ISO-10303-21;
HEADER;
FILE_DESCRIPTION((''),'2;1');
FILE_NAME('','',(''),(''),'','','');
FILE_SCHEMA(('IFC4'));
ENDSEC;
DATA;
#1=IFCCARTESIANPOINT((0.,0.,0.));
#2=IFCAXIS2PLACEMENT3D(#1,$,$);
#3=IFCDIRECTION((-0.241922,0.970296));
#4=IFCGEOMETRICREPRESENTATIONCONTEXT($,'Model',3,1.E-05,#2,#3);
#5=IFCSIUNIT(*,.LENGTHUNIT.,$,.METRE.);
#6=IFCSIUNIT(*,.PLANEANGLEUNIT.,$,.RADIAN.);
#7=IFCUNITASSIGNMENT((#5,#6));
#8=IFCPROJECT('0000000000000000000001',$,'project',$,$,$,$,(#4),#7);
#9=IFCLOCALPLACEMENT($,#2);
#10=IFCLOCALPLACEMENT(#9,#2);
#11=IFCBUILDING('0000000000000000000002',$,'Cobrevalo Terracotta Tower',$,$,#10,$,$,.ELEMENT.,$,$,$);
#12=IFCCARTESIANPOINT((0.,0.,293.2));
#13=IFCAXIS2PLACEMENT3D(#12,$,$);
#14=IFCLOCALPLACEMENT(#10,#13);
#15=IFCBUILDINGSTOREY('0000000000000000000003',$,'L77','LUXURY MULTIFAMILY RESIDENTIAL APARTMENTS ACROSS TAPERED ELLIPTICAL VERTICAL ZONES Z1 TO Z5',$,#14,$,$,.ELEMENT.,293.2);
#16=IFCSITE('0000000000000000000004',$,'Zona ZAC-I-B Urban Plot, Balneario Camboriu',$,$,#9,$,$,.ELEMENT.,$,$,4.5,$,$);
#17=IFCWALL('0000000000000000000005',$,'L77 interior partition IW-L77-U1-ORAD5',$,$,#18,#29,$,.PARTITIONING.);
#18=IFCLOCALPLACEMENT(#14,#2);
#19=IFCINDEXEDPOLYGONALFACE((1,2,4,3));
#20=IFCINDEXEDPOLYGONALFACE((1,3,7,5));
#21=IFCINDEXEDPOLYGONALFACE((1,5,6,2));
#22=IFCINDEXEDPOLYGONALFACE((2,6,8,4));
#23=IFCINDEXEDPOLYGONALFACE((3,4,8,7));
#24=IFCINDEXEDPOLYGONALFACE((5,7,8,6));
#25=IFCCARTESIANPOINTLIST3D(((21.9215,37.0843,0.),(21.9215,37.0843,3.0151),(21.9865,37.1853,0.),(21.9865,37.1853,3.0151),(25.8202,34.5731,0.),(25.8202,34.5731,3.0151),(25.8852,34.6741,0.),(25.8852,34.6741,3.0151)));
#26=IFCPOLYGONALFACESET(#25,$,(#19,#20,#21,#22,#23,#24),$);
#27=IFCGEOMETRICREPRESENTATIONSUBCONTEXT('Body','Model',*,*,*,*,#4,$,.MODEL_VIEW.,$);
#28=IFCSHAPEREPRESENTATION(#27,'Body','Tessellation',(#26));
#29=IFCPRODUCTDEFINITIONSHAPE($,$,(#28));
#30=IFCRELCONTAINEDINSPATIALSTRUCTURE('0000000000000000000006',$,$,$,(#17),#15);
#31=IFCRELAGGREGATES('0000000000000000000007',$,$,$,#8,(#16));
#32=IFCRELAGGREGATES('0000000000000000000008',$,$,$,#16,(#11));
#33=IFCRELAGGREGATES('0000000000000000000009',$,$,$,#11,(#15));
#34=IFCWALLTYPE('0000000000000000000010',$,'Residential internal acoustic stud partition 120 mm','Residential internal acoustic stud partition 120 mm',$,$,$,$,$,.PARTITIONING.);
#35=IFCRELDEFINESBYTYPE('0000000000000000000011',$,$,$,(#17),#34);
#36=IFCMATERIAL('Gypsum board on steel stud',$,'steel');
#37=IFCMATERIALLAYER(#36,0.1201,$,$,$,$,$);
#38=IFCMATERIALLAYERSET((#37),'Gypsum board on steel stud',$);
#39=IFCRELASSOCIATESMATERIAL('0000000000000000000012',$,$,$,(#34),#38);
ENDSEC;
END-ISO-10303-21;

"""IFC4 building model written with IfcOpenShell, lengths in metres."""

from ifc_helpers import new_model, si_unit, direction, frame, frame_2d, origin, place, context, subcontext, project, spatial, rectangle, extrude, material, layer, layer_set, type_object, element, save


model = new_model("IFC4")

# Units and contexts
model_context = context("Model", 3, precision=1e-05, world=origin(), true_north=direction((-0.241922, 0.970296)))
body_context = subcontext(model_context, "Body", "Model", "MODEL_VIEW")
ifc_project = project(units=[si_unit("LENGTHUNIT", "METRE"), si_unit("PLANEANGLEUNIT", "RADIAN")], contexts=[model_context])

# Site, building, storey
site_placement = place(None, origin())
site = spatial("IfcSite", under=ifc_project, at=site_placement, Name="Zona ZAC-I-B Urban Plot, Balneario Camboriu", CompositionType="ELEMENT", RefElevation=4.5)
building_placement = place(site_placement, origin())
building = spatial("IfcBuilding", under=site, at=building_placement, Name="Cobrevalo Terracotta Tower", CompositionType="ELEMENT")
storey_placement = place(building_placement, frame((0.0, 0.0, 293.2)))
storey = spatial("IfcBuildingStorey", under=building, at=storey_placement, Name="L77", Description="LUXURY MULTIFAMILY RESIDENTIAL APARTMENTS ACROSS TAPERED ELLIPTICAL VERTICAL ZONES Z1 TO Z5", CompositionType="ELEMENT", Elevation=293.2)

# Wall
ifc_material_1 = material(Name="Gypsum board on steel stud", Category="steel")
ifc_layer_1 = layer(ifc_material_1, 0.1201)
ifc_layer_set_1 = layer_set([ifc_layer_1], Name="Gypsum board on steel stud")
wall_type = type_object("IfcWallType", Name="Residential internal acoustic stud partition 120 mm", Description="Residential internal acoustic stud partition 120 mm", PredefinedType="PARTITIONING", material=ifc_layer_set_1)
wall_1_placement = place(storey_placement, frame((25.8528, 34.6235, 0.0), z_axis=(0.0, 0.0, 1.0), x_axis=(-0.840694, 0.54151, 0.0)))
element("IfcWall", 1, at=wall_1_placement, inside=storey, type_object=wall_type, Name="L77 interior partition IW-L77-U1-ORAD5", PredefinedType="PARTITIONING", context=body_context, shape_type="SweptSolid", body=[
    extrude(rectangle(XDim=4.6375, YDim=0.1201, at=frame_2d((2.3188, 0.0))), origin(), (0.0, 0.0, 1.0), 3.0151),
])

save(model, "model.ifc")
